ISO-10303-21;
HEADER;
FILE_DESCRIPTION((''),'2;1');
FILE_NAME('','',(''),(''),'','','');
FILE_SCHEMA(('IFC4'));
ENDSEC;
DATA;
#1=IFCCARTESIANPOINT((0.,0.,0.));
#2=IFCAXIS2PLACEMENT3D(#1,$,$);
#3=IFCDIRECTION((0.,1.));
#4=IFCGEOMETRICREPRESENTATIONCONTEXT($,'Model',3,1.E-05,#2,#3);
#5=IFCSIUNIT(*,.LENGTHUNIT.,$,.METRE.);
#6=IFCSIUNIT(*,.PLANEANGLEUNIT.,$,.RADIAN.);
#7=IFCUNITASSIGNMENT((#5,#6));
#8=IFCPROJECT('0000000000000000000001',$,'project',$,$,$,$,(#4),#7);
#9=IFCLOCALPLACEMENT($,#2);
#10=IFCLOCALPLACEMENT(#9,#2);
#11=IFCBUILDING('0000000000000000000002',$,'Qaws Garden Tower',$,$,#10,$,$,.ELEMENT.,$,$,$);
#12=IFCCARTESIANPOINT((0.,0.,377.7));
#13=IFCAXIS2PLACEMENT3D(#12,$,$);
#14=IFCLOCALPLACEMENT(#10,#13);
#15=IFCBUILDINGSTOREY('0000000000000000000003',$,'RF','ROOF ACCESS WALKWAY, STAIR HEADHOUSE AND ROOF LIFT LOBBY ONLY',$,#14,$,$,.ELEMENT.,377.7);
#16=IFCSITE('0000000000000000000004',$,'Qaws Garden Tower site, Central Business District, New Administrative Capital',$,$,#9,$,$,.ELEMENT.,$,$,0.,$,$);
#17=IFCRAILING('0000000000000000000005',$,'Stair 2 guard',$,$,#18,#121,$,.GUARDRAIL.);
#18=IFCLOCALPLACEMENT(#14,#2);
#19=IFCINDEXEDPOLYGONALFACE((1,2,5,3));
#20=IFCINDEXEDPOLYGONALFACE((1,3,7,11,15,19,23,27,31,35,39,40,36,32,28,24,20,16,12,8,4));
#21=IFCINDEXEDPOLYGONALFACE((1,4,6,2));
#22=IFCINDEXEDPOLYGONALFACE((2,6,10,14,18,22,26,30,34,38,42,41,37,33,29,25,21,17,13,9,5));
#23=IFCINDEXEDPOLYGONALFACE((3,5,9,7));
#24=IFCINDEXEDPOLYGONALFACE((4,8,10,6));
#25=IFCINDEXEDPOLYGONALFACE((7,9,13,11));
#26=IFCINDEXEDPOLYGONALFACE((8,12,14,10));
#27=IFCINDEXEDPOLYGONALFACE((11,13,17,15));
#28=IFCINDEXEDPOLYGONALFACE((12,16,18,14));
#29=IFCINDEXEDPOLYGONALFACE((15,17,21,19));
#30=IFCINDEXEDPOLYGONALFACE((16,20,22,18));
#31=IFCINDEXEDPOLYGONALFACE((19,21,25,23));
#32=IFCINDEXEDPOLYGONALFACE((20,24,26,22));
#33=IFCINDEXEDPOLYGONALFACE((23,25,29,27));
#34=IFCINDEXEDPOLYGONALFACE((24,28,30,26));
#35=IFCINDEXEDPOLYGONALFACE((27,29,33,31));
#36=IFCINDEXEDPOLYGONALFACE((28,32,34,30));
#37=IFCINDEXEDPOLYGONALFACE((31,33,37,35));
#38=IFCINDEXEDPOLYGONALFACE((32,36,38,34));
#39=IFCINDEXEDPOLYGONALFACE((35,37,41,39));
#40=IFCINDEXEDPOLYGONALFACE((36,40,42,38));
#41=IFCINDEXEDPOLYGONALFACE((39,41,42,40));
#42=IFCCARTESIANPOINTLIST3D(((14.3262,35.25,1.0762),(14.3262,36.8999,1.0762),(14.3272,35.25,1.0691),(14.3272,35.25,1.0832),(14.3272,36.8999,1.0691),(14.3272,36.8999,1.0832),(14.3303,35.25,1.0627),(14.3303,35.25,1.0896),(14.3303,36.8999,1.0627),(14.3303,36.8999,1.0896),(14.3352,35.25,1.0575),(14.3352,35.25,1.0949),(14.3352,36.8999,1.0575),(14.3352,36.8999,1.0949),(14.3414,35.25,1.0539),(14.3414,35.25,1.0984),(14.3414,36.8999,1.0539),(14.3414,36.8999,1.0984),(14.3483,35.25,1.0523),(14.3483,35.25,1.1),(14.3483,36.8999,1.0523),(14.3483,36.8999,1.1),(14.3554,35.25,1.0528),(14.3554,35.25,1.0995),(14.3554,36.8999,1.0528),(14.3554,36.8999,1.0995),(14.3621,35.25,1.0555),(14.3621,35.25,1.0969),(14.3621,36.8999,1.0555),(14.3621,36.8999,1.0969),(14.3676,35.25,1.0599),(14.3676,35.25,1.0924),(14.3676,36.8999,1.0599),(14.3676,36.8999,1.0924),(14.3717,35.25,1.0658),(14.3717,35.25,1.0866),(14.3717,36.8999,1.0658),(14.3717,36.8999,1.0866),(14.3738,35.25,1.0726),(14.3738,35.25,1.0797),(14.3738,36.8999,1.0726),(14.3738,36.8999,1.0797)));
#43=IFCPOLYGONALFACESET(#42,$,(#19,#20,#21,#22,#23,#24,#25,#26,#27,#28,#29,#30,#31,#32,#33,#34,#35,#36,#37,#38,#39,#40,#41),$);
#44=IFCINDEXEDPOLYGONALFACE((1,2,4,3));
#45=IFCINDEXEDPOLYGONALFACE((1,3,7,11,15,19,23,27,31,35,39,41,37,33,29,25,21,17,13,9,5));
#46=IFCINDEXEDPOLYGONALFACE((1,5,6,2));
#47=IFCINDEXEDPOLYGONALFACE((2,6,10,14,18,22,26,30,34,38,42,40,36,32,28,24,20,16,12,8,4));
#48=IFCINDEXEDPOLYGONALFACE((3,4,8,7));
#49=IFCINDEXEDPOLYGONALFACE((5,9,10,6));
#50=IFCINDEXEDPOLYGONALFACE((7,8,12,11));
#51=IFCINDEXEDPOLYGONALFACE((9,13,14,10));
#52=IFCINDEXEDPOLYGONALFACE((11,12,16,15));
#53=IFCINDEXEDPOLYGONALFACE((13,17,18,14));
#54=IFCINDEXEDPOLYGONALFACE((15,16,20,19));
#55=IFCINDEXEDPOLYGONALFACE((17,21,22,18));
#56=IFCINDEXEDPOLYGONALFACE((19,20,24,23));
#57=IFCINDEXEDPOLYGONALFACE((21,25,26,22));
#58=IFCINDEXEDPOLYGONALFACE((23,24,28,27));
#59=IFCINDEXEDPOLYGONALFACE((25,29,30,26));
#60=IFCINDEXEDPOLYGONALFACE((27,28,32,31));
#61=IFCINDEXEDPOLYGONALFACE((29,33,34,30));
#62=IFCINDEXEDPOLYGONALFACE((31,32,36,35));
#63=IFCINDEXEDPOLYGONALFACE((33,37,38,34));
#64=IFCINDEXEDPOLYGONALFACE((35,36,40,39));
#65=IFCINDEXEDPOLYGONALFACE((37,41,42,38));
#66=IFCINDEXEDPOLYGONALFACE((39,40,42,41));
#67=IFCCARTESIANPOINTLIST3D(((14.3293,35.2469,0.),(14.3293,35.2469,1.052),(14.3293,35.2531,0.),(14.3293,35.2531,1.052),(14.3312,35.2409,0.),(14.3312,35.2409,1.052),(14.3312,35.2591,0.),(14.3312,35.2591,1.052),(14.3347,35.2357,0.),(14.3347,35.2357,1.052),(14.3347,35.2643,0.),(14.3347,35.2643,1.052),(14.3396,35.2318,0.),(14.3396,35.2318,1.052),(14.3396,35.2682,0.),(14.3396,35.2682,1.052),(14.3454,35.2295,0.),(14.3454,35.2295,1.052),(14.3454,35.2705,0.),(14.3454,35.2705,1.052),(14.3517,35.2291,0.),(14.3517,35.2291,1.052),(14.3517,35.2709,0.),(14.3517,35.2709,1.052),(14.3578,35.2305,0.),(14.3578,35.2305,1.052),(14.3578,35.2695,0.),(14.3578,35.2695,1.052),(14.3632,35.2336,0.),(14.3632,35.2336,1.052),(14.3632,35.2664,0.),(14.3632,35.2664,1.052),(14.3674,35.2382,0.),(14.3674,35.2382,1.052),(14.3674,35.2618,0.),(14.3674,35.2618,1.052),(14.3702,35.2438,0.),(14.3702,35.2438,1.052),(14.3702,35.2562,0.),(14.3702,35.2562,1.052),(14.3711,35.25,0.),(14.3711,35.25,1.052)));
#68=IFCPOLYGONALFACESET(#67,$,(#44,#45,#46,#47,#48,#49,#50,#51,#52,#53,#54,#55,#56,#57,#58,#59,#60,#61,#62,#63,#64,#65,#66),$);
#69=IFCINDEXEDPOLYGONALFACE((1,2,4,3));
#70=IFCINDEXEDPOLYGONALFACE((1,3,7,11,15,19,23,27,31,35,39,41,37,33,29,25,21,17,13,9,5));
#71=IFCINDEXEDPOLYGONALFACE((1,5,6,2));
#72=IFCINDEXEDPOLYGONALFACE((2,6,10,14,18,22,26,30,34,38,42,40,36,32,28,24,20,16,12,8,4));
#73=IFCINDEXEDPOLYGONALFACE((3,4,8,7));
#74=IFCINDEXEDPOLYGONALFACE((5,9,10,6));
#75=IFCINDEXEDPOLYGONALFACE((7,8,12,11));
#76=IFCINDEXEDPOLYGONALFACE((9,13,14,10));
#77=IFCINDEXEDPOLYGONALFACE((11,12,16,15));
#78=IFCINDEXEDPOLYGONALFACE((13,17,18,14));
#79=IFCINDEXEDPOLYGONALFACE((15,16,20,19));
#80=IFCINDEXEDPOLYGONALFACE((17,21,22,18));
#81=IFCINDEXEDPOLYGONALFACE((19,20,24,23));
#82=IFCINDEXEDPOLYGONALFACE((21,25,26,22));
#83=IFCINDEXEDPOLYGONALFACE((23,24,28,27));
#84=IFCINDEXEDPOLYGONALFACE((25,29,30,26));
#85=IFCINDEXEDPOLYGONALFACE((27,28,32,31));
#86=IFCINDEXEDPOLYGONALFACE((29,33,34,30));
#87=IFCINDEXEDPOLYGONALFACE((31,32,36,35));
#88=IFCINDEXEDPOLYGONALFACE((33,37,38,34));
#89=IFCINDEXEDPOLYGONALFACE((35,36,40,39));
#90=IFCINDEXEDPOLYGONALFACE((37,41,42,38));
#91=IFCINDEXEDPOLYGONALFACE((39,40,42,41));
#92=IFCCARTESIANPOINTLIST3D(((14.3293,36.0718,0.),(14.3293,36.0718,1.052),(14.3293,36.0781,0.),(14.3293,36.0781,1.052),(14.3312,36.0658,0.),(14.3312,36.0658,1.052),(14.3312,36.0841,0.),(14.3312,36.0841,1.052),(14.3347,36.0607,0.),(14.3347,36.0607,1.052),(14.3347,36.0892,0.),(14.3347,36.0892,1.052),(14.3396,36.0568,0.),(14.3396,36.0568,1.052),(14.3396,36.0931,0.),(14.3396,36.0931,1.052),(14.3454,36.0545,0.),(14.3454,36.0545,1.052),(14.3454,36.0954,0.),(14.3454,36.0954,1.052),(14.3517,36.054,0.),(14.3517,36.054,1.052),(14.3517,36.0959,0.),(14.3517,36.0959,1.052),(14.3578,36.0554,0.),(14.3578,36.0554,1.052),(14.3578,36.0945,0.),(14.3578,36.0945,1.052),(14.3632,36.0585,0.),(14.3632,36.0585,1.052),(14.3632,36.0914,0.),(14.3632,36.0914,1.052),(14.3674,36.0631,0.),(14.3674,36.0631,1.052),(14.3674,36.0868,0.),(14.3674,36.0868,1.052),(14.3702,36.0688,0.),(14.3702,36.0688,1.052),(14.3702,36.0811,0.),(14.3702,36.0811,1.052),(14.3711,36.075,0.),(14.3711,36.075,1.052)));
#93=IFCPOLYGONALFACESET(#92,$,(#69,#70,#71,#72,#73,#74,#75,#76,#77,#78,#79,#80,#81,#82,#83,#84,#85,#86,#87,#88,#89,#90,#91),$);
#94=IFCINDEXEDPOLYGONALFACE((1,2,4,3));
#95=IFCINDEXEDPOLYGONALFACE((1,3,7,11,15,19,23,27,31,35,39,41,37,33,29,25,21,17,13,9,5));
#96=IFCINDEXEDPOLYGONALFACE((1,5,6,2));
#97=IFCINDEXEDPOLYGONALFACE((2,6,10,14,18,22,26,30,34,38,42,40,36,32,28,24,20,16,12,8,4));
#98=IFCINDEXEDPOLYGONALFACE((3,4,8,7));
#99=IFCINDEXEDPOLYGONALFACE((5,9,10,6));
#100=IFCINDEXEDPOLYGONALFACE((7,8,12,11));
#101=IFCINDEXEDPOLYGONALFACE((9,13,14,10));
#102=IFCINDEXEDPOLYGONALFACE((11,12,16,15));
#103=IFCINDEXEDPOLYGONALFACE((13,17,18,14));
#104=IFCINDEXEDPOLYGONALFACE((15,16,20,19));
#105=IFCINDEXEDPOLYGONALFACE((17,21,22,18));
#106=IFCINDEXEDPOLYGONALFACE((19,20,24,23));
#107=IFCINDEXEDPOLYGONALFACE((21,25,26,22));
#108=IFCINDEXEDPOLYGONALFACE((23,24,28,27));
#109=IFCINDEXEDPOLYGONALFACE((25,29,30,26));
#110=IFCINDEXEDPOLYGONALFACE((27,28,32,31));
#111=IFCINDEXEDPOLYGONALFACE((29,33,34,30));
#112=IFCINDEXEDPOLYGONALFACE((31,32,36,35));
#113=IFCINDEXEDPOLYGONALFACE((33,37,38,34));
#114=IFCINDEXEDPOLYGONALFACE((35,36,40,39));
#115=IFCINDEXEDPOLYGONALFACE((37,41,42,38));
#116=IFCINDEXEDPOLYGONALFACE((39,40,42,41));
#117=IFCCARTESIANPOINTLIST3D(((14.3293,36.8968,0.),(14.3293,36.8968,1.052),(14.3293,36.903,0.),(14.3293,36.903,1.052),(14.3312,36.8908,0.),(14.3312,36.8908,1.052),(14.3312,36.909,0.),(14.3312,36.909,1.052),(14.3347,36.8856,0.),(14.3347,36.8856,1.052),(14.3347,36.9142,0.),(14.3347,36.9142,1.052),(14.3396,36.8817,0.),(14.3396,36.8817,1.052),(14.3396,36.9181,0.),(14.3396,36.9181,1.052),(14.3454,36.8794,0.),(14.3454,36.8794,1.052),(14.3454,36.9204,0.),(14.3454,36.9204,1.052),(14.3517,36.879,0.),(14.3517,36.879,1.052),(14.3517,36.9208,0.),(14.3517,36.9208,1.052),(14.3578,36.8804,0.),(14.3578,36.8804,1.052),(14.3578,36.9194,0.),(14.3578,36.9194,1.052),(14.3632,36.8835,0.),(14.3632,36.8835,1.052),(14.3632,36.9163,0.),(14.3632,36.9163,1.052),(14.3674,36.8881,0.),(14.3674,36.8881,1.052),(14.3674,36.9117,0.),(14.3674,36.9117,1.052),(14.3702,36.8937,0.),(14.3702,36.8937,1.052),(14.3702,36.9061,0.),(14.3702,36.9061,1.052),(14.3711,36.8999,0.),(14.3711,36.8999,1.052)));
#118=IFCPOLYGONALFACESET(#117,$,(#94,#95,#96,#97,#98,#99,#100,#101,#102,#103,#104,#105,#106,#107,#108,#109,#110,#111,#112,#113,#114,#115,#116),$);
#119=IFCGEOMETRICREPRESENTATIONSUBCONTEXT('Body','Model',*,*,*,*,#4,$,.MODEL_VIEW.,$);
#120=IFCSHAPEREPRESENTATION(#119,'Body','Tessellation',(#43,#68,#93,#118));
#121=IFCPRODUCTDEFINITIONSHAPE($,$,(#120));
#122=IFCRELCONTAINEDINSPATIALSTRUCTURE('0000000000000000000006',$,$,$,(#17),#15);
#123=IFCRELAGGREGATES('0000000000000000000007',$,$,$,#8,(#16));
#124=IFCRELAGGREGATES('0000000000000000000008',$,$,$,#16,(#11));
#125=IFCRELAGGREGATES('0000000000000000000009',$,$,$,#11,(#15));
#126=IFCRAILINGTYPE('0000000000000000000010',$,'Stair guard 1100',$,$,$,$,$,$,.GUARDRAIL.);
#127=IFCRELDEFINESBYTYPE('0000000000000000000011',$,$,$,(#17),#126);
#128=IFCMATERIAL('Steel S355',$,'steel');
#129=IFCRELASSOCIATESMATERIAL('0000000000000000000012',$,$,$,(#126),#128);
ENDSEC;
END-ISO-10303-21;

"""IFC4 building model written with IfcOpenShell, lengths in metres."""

from ifc_helpers import new_model, si_unit, direction, frame, origin, origin_2d, place, context, subcontext, project, spatial, circle, extrude, material, type_object, element, save


model = new_model("IFC4")

# Units and contexts
model_context = context("Model", 3, precision=1e-05, world=origin(), true_north=direction((0.0, 1.0)))
body_context = subcontext(model_context, "Body", "Model", "MODEL_VIEW")
ifc_project = project(units=[si_unit("LENGTHUNIT", "METRE"), si_unit("PLANEANGLEUNIT", "RADIAN")], contexts=[model_context])

# Site, building, storey
site_placement = place(None, origin())
site = spatial("IfcSite", under=ifc_project, at=site_placement, Name="Qaws Garden Tower site, Central Business District, New Administrative Capital", CompositionType="ELEMENT", RefElevation=0.0)
building_placement = place(site_placement, origin())
building = spatial("IfcBuilding", under=site, at=building_placement, Name="Qaws Garden Tower", CompositionType="ELEMENT")
storey_placement = place(building_placement, frame((0.0, 0.0, 377.7)))
storey = spatial("IfcBuildingStorey", under=building, at=storey_placement, Name="RF", Description="ROOF ACCESS WALKWAY, STAIR HEADHOUSE AND ROOF LIFT LOBBY ONLY", CompositionType="ELEMENT", Elevation=377.7)

# Railing
ifc_material_1 = material(Name="Steel S355", Category="steel")
railing_type_1 = type_object("IfcRailingType", Name="Stair guard 1100", PredefinedType="GUARDRAIL", material=ifc_material_1)
railing_placement = place(storey_placement, frame((14.3501, 35.25, 0.0)))
element("IfcRailing", 1, at=railing_placement, inside=storey, type_object=railing_type_1, Name="Stair 2 guard", PredefinedType="GUARDRAIL", context=body_context, shape_type="SweptSolid", body=[
    extrude(circle(Radius=0.0239, at=origin_2d()), frame((0.0, 0.0, 1.0762), z_axis=(0.0, 1.0, 0.0), x_axis=(-1.0, 0.0, 0.0)), (0.0, 0.0, 1.0), 1.6499),
    extrude(circle(Radius=0.021, at=origin_2d()), origin(), (0.0, 0.0, 1.0), 1.052),
    extrude(circle(Radius=0.021, at=origin_2d()), frame((0.0, 0.825, 0.0)), (0.0, 0.0, 1.0), 1.052),
    extrude(circle(Radius=0.021, at=origin_2d()), frame((0.0, 1.6499, 0.0)), (0.0, 0.0, 1.0), 1.052),
])

save(model, "model.ifc")
